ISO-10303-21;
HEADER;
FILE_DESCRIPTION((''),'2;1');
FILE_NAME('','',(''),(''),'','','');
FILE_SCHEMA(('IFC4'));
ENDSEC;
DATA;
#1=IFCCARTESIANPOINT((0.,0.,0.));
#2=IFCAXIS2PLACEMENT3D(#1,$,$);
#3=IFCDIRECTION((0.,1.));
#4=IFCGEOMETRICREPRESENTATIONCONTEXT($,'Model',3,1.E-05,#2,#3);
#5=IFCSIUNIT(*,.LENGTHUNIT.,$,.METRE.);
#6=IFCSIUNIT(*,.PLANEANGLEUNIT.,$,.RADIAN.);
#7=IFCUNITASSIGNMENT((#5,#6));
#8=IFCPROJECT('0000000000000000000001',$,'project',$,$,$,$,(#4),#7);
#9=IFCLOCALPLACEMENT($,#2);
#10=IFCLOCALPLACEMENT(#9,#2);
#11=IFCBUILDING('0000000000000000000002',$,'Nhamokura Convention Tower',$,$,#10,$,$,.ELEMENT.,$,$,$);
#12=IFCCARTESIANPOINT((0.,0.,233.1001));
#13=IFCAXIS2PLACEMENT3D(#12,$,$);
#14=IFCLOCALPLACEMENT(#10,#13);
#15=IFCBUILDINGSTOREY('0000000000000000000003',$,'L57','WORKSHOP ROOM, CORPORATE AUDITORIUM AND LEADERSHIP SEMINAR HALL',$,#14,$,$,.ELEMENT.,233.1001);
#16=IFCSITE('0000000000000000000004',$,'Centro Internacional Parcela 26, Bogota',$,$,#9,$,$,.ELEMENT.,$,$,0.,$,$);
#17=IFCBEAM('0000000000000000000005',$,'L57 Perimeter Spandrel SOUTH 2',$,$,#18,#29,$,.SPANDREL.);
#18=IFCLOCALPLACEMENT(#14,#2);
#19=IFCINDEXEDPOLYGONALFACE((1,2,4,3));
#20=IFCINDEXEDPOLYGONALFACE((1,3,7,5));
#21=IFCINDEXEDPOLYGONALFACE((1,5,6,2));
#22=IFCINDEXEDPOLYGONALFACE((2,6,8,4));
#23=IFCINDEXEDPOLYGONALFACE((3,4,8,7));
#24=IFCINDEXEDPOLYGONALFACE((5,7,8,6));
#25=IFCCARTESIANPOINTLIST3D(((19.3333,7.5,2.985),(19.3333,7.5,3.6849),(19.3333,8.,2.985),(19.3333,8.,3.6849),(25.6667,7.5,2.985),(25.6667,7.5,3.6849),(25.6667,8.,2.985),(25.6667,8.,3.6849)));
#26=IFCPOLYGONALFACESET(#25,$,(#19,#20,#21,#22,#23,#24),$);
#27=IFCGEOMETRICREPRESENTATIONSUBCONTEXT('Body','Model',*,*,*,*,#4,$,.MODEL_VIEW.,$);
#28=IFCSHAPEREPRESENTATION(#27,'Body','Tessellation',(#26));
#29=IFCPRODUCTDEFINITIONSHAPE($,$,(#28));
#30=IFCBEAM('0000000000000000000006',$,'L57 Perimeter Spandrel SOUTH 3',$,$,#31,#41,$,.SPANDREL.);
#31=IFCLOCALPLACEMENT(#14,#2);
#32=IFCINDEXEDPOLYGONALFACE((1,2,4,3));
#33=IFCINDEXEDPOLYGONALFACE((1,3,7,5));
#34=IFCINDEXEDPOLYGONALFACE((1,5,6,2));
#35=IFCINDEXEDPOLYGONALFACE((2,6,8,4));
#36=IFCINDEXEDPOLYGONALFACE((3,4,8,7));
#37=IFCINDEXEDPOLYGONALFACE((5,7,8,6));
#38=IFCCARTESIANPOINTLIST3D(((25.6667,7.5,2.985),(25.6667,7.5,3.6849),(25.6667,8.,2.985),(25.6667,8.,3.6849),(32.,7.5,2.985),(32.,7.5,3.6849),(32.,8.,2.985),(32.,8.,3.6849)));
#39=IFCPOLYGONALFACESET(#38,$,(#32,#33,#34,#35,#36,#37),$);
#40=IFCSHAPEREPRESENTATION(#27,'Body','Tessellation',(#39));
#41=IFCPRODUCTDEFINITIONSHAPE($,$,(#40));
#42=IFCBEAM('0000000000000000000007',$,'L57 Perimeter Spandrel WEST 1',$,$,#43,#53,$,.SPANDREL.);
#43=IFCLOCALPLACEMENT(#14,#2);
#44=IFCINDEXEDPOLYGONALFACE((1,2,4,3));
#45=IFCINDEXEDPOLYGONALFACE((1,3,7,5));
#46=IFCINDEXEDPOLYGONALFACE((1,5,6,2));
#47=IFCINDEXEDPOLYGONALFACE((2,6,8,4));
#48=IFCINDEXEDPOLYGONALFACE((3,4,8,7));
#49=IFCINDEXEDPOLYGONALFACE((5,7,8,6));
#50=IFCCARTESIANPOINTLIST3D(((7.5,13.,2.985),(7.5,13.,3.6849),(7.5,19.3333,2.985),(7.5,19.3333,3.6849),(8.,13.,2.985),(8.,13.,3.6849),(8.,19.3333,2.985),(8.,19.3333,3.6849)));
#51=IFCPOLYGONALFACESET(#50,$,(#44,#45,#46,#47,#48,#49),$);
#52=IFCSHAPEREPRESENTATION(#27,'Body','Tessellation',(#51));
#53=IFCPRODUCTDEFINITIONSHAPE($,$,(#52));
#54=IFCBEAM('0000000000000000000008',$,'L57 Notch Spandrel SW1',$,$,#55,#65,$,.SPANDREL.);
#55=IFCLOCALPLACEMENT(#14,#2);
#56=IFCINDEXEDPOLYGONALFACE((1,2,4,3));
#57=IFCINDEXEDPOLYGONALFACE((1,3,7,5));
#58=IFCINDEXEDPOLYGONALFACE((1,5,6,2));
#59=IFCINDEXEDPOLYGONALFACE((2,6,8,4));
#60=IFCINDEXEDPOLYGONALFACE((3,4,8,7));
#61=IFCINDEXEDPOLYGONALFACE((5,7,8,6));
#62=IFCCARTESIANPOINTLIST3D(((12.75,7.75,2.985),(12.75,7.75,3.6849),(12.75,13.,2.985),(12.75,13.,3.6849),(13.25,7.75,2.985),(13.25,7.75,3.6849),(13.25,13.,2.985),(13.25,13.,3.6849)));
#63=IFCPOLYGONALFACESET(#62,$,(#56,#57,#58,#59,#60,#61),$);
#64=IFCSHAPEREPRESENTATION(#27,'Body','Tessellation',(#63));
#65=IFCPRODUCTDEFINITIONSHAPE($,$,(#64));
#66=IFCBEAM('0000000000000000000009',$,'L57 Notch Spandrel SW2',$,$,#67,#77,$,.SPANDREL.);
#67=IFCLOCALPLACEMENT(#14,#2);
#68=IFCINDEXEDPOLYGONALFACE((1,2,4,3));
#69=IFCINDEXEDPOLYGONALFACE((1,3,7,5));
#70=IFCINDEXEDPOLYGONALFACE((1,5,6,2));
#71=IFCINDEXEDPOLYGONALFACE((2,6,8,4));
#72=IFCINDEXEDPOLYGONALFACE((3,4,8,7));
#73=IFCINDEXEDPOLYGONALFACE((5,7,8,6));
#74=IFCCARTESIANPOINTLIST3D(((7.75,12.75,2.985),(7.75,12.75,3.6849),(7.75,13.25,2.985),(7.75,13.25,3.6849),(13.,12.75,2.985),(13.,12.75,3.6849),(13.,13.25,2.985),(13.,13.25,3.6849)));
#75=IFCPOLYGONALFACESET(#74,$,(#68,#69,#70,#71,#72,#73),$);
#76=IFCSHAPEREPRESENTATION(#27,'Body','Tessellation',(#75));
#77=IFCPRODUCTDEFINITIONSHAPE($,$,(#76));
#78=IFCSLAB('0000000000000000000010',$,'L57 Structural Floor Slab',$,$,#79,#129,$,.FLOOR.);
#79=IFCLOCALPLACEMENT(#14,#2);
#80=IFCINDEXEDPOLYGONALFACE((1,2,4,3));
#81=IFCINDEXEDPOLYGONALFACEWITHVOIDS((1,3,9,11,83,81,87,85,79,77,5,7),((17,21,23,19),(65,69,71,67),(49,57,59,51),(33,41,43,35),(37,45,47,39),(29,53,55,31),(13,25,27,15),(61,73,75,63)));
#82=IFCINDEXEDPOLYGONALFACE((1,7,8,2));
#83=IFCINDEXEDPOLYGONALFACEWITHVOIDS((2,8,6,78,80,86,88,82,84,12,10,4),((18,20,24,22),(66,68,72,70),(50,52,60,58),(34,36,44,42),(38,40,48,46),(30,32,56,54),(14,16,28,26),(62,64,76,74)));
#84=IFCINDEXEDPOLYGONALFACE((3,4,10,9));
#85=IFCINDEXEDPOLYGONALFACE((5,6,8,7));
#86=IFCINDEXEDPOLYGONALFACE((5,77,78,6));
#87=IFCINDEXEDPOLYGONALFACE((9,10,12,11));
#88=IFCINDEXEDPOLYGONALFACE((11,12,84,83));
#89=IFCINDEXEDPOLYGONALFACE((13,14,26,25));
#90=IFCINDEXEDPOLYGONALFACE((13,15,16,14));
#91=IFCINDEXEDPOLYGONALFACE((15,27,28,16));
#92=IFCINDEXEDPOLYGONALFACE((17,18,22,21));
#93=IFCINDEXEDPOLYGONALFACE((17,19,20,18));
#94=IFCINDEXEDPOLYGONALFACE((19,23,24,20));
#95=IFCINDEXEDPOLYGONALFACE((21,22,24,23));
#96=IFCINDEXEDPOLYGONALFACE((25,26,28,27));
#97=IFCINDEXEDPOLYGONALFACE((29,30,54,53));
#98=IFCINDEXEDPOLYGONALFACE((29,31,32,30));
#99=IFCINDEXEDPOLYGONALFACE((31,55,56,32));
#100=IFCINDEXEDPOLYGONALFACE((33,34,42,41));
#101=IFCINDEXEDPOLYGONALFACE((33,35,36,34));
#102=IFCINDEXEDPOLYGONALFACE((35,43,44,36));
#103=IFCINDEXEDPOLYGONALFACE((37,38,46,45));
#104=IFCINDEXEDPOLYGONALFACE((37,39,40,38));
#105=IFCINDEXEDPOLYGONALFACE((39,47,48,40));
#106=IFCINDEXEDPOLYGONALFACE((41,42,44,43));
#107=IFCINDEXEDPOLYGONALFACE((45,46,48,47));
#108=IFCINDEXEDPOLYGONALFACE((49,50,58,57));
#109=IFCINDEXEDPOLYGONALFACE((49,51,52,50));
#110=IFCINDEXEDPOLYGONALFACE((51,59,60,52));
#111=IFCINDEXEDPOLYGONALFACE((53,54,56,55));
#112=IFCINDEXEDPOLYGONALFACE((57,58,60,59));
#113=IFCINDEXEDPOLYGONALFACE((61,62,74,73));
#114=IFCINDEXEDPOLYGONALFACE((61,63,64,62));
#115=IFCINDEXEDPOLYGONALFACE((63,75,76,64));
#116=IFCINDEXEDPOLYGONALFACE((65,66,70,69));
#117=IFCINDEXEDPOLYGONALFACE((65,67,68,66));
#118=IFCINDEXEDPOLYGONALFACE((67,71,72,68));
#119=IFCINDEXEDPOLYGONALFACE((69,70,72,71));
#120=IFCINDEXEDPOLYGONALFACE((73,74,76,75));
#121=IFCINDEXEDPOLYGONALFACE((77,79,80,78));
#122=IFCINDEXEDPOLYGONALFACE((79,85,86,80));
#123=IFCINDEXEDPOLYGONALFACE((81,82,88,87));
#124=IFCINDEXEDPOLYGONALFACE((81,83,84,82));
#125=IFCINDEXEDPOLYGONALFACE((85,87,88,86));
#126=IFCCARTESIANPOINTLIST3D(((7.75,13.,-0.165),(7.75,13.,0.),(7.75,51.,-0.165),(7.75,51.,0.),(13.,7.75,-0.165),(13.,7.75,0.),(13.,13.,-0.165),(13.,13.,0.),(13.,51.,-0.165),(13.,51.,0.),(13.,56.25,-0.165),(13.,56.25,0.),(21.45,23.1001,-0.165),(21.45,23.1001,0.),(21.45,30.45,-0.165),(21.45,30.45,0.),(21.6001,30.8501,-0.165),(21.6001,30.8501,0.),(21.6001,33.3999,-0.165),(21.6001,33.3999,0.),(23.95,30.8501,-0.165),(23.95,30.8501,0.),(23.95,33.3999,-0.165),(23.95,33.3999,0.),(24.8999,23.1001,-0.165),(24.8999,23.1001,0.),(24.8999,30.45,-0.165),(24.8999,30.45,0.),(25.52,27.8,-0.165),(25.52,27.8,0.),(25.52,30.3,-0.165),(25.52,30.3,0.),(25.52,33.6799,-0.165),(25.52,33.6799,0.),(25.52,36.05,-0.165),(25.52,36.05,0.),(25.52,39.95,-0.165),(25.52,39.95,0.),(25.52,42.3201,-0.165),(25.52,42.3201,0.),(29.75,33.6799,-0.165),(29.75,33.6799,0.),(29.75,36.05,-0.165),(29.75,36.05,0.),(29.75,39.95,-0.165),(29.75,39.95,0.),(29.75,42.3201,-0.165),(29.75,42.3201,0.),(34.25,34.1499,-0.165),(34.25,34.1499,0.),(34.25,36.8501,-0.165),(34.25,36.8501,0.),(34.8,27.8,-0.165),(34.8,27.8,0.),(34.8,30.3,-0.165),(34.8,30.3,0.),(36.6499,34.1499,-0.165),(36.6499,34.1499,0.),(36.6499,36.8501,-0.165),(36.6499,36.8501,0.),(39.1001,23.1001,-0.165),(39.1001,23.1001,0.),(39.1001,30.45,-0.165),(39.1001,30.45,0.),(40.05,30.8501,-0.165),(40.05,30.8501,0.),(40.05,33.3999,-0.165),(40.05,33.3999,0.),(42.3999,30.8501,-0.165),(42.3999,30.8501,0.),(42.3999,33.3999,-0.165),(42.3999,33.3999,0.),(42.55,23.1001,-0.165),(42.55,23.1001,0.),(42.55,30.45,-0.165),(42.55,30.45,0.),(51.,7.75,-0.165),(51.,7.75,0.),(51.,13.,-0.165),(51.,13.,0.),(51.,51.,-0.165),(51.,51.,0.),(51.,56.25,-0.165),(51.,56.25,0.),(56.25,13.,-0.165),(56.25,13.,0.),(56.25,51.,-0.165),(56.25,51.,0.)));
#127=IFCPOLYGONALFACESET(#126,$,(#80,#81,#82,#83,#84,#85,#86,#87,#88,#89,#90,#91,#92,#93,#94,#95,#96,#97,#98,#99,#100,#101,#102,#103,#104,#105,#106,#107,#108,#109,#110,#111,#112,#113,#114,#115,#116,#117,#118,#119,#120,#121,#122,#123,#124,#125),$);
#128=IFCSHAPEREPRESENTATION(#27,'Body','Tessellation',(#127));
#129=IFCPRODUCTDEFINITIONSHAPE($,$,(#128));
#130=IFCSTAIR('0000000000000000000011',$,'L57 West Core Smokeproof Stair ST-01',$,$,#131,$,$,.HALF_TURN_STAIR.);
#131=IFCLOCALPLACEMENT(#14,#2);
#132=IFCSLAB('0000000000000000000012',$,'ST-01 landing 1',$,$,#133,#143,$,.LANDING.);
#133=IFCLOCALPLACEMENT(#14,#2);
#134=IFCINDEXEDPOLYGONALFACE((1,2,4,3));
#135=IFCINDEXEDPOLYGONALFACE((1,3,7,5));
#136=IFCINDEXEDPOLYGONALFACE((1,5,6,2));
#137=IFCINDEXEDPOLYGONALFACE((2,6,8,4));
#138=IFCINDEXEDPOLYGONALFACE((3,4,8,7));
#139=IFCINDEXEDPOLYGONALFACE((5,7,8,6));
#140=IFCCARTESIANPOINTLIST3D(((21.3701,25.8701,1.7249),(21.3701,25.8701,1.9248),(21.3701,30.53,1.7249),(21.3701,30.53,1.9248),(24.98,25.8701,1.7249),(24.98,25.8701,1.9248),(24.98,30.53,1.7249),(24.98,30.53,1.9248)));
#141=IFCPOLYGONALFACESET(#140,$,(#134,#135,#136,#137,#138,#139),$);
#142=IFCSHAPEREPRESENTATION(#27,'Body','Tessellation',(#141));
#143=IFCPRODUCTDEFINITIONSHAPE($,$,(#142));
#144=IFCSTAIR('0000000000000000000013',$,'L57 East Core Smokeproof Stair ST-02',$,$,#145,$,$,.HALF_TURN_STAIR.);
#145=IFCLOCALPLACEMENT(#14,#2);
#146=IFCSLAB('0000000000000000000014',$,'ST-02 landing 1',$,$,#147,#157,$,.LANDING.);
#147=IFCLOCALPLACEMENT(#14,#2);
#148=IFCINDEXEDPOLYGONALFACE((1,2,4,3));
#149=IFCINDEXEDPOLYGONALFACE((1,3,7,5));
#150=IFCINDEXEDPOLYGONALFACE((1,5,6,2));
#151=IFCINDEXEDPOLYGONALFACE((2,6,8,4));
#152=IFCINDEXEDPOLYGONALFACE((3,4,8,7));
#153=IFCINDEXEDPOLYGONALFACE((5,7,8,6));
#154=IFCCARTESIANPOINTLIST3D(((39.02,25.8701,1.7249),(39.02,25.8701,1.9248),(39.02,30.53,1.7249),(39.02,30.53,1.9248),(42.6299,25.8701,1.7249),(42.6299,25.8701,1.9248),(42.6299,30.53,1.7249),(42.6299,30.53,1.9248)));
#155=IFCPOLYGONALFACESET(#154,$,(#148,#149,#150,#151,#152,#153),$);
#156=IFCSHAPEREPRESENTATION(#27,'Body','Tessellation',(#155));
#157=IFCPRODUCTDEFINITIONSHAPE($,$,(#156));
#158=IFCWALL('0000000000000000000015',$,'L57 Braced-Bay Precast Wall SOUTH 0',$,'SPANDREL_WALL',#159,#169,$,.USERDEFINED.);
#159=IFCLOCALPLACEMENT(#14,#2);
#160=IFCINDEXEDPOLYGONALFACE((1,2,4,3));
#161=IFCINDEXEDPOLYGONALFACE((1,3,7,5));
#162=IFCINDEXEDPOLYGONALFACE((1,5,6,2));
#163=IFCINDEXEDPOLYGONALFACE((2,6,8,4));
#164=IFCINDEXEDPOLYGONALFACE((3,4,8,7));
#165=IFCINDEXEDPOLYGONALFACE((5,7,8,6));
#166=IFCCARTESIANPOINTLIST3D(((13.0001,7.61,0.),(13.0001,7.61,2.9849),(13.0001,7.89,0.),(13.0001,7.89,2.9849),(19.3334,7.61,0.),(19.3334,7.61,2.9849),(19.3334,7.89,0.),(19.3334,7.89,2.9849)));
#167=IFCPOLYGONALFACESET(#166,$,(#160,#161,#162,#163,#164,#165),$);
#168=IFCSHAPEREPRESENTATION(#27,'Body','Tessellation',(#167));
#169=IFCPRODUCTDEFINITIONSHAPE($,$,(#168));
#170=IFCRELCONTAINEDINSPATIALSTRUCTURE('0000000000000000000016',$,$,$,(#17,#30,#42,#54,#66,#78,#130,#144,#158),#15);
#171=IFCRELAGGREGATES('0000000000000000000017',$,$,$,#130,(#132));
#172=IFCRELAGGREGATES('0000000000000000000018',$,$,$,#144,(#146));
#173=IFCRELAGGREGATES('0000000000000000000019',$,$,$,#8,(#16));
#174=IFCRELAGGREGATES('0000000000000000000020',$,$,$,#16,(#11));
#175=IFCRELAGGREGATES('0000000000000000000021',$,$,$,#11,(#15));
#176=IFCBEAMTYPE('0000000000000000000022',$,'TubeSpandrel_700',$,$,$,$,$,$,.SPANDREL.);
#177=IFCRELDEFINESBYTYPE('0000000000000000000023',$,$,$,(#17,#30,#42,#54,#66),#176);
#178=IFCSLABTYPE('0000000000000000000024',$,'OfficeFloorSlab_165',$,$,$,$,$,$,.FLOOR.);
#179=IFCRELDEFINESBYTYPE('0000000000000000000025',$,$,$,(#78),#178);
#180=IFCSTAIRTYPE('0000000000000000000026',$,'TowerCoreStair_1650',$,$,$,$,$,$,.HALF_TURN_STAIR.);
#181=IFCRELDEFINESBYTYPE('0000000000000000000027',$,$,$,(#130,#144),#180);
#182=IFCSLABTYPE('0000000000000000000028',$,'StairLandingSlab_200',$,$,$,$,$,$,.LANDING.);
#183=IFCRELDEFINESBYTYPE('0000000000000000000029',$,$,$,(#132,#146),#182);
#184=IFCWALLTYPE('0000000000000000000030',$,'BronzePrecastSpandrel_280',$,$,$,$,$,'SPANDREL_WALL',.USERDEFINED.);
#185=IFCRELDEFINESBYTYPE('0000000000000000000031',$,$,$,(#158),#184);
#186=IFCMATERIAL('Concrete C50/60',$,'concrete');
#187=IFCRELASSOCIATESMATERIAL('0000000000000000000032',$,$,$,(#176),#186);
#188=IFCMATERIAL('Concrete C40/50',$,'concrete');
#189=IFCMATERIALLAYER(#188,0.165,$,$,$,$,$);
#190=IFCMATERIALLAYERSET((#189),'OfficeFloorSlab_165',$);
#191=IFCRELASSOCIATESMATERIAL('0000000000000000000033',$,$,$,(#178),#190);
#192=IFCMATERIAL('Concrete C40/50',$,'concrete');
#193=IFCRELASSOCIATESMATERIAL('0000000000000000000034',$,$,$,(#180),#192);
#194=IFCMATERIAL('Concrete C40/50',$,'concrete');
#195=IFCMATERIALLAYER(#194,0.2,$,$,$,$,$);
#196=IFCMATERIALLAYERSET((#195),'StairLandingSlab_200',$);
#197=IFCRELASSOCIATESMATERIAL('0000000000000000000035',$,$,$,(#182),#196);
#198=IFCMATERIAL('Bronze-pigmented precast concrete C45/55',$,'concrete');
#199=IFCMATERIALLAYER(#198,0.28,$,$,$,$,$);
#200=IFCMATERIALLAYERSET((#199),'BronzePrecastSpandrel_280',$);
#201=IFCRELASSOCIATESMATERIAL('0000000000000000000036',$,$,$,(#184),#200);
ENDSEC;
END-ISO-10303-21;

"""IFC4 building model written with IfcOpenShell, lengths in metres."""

from ifc_helpers import new_model, si_unit, direction, frame, frame_2d, origin, origin_2d, place, context, subcontext, project, spatial, polyline, rectangle, outline, extrude, material, layer, layer_set, material_profile, profile_set, type_object, element, aggregate, save


model = new_model("IFC4")

# Units and contexts
model_context = context("Model", 3, precision=1e-05, world=origin(), true_north=direction((0.0, 1.0)))
body_context = subcontext(model_context, "Body", "Model", "MODEL_VIEW")
ifc_project = project(units=[si_unit("LENGTHUNIT", "METRE"), si_unit("PLANEANGLEUNIT", "RADIAN")], contexts=[model_context])

# Site, building, storey
site_placement = place(None, origin())
site = spatial("IfcSite", under=ifc_project, at=site_placement, Name="Centro Internacional Parcela 26, Bogota", CompositionType="ELEMENT", RefElevation=0.0)
building_placement = place(site_placement, origin())
building = spatial("IfcBuilding", under=site, at=building_placement, Name="Nhamokura Convention Tower", CompositionType="ELEMENT")
storey_placement = place(building_placement, frame((0.0, 0.0, 233.1001)))
storey = spatial("IfcBuildingStorey", under=building, at=storey_placement, Name="L57", Description="WORKSHOP ROOM, CORPORATE AUDITORIUM AND LEADERSHIP SEMINAR HALL", CompositionType="ELEMENT", Elevation=233.1001)

# Beams
ifc_material_1 = material(Name="Concrete C50/60", Category="concrete")
ifc_material_profile_1 = material_profile(ifc_material_1, rectangle(XDim=0.5, YDim=0.7, at=origin_2d()))
ifc_profile_set_1 = profile_set([ifc_material_profile_1], Name="Concrete C50/60")
beam_type_1 = type_object("IfcBeamType", Name="TubeSpandrel_700", PredefinedType="SPANDREL", material=ifc_profile_set_1)
beam_1_placement = place(storey_placement, frame((19.3333, 7.75, 3.335), z_axis=(1.0, 0.0, 0.0), x_axis=(0.0, 1.0, 0.0)))
element("IfcBeam", 1, at=beam_1_placement, inside=storey, type_object=beam_type_1, Name="L57 Perimeter Spandrel SOUTH 2", PredefinedType="SPANDREL", context=body_context, shape_type="SweptSolid", body=[
    extrude(rectangle(XDim=0.5, YDim=0.7, at=origin_2d()), origin(), (0.0, 0.0, 1.0), 6.3335),
])
for number, where, z_axis, x_axis, name in (
    (2, (25.6667, 7.75, 3.335), (1.0, 0.0, 0.0), (0.0, 1.0, 0.0), "L57 Perimeter Spandrel SOUTH 3"),
    (3, (7.75, 13.0, 3.335), (0.0, 1.0, 0.0), (-1.0, 0.0, 0.0), "L57 Perimeter Spandrel WEST 1"),
):
    element("IfcBeam", number, at=place(storey_placement, frame(where, z_axis=z_axis, x_axis=x_axis)), inside=storey, type_object=beam_type_1, Name=name, PredefinedType="SPANDREL", context=body_context, shape_type="SweptSolid", body=[
        extrude(rectangle(XDim=0.5, YDim=0.7, at=origin_2d()), origin(), (0.0, 0.0, 1.0), 6.3333),
    ])
for number, where, z_axis, x_axis, name in (
    (4, (13.0, 7.75, 3.335), (0.0, 1.0, 0.0), (-1.0, 0.0, 0.0), "L57 Notch Spandrel SW1"),
    (5, (13.0, 13.0, 3.335), (-1.0, 0.0, 0.0), (0.0, -1.0, 0.0), "L57 Notch Spandrel SW2"),
):
    element("IfcBeam", number, at=place(storey_placement, frame(where, z_axis=z_axis, x_axis=x_axis)), inside=storey, type_object=beam_type_1, Name=name, PredefinedType="SPANDREL", context=body_context, shape_type="SweptSolid", body=[
        extrude(rectangle(XDim=0.5, YDim=0.7, at=origin_2d()), origin(), (0.0, 0.0, 1.0), 5.25),
    ])

# Slab
ifc_material_2 = material(Name="Concrete C40/50", Category="concrete")
ifc_layer_1 = layer(ifc_material_2, 0.165)
ifc_layer_set_1 = layer_set([ifc_layer_1], Name="OfficeFloorSlab_165")
slab_type_1 = type_object("IfcSlabType", Name="OfficeFloorSlab_165", PredefinedType="FLOOR", material=ifc_layer_set_1)
slab_1_placement = place(storey_placement, frame((0.0, 0.0, -0.165)))
element("IfcSlab", 6, at=slab_1_placement, inside=storey, type_object=slab_type_1, Name="L57 Structural Floor Slab", PredefinedType="FLOOR", context=body_context, shape_type="SweptSolid", body=[
    extrude(outline(polyline([(13.0, 7.75), (51.0, 7.75), (51.0, 13.0), (56.25, 13.0), (56.25, 51.0), (51.0, 51.0), (51.0, 56.25), (13.0, 56.25), (13.0, 51.0), (7.75, 51.0), (7.75, 13.0), (13.0, 13.0), (13.0, 7.75)]), holes=[polyline([(24.8999, 23.1001), (24.8999, 30.45), (21.45, 30.45), (21.45, 23.1001), (24.8999, 23.1001)]), polyline([(42.55, 23.1001), (42.55, 30.45), (39.1001, 30.45), (39.1001, 23.1001), (42.55, 23.1001)]), polyline([(21.6001, 30.8501), (23.95, 30.8501), (23.95, 33.3999), (21.6001, 33.3999), (21.6001, 30.8501)]), polyline([(40.05, 30.8501), (42.3999, 30.8501), (42.3999, 33.3999), (40.05, 33.3999), (40.05, 30.8501)]), polyline([(34.25, 34.1499), (36.6499, 34.1499), (36.6499, 36.8501), (34.25, 36.8501), (34.25, 34.1499)]), polyline([(25.52, 27.8), (34.8, 27.8), (34.8, 30.3), (25.52, 30.3), (25.52, 27.8)]), polyline([(25.52, 33.6799), (29.75, 33.6799), (29.75, 36.05), (25.52, 36.05), (25.52, 33.6799)]), polyline([(25.52, 39.95), (29.75, 39.95), (29.75, 42.3201), (25.52, 42.3201), (25.52, 39.95)])]), origin(), (0.0, 0.0, 1.0), 0.165),
])

# Stairs, slabs
ifc_material_3 = material(Name="Concrete C40/50", Category="concrete")
stair_type = type_object("IfcStairType", Name="TowerCoreStair_1650", PredefinedType="HALF_TURN_STAIR", material=ifc_material_3)
stair_1_placement = place(storey_placement, origin())
stair_1 = element("IfcStair", 7, at=stair_1_placement, inside=storey, type_object=stair_type, Name="L57 West Core Smokeproof Stair ST-01", PredefinedType="HALF_TURN_STAIR")
ifc_material_4 = material(Name="Concrete C40/50", Category="concrete")
ifc_layer_2 = layer(ifc_material_4, 0.2)
ifc_layer_set_2 = layer_set([ifc_layer_2], Name="StairLandingSlab_200")
slab_type_2 = type_object("IfcSlabType", Name="StairLandingSlab_200", PredefinedType="LANDING", material=ifc_layer_set_2)
slab_2_placement = place(storey_placement, frame((0.0, 0.0, 1.7249)))
slab_2 = element("IfcSlab", 8, at=slab_2_placement, type_object=slab_type_2, Name="ST-01 landing 1", PredefinedType="LANDING", context=body_context, shape_type="SweptSolid", body=[
    extrude(outline(polyline([(24.98, 25.8701), (24.98, 30.53), (21.3701, 30.53), (21.3701, 25.8701), (24.98, 25.8701)])), origin(), (0.0, 0.0, 1.0), 0.2),
])
aggregate(stair_1, [slab_2])
stair_2_placement = place(storey_placement, origin())
stair_2 = element("IfcStair", 9, at=stair_2_placement, inside=storey, type_object=stair_type, Name="L57 East Core Smokeproof Stair ST-02", PredefinedType="HALF_TURN_STAIR")
slab_3_placement = place(storey_placement, frame((0.0, 0.0, 1.7249)))
slab_3 = element("IfcSlab", 10, at=slab_3_placement, type_object=slab_type_2, Name="ST-02 landing 1", PredefinedType="LANDING", context=body_context, shape_type="SweptSolid", body=[
    extrude(outline(polyline([(42.6299, 25.8701), (42.6299, 30.53), (39.02, 30.53), (39.02, 25.8701), (42.6299, 25.8701)])), origin(), (0.0, 0.0, 1.0), 0.2),
])
aggregate(stair_2, [slab_3])

# Wall
ifc_material_5 = material(Name="Bronze-pigmented precast concrete C45/55", Category="concrete")
ifc_layer_3 = layer(ifc_material_5, 0.28)
ifc_layer_set_3 = layer_set([ifc_layer_3], Name="BronzePrecastSpandrel_280")
wall_type_1 = type_object("IfcWallType", Name="BronzePrecastSpandrel_280", ElementType="SPANDREL_WALL", PredefinedType="USERDEFINED", material=ifc_layer_set_3)
wall_1_placement = place(storey_placement, frame((19.3333, 7.75, 0.0), z_axis=(0.0, 0.0, 1.0), x_axis=(-1.0, 0.0, 0.0)))
element("IfcWall", 11, at=wall_1_placement, inside=storey, type_object=wall_type_1, Name="L57 Braced-Bay Precast Wall SOUTH 0", ObjectType="SPANDREL_WALL", PredefinedType="USERDEFINED", context=body_context, shape_type="SweptSolid", body=[
    extrude(rectangle(XDim=6.3333, YDim=0.28, at=frame_2d((3.1665, 0.0))), origin(), (0.0, 0.0, 1.0), 2.9849),
])

save(model, "model.ifc")
